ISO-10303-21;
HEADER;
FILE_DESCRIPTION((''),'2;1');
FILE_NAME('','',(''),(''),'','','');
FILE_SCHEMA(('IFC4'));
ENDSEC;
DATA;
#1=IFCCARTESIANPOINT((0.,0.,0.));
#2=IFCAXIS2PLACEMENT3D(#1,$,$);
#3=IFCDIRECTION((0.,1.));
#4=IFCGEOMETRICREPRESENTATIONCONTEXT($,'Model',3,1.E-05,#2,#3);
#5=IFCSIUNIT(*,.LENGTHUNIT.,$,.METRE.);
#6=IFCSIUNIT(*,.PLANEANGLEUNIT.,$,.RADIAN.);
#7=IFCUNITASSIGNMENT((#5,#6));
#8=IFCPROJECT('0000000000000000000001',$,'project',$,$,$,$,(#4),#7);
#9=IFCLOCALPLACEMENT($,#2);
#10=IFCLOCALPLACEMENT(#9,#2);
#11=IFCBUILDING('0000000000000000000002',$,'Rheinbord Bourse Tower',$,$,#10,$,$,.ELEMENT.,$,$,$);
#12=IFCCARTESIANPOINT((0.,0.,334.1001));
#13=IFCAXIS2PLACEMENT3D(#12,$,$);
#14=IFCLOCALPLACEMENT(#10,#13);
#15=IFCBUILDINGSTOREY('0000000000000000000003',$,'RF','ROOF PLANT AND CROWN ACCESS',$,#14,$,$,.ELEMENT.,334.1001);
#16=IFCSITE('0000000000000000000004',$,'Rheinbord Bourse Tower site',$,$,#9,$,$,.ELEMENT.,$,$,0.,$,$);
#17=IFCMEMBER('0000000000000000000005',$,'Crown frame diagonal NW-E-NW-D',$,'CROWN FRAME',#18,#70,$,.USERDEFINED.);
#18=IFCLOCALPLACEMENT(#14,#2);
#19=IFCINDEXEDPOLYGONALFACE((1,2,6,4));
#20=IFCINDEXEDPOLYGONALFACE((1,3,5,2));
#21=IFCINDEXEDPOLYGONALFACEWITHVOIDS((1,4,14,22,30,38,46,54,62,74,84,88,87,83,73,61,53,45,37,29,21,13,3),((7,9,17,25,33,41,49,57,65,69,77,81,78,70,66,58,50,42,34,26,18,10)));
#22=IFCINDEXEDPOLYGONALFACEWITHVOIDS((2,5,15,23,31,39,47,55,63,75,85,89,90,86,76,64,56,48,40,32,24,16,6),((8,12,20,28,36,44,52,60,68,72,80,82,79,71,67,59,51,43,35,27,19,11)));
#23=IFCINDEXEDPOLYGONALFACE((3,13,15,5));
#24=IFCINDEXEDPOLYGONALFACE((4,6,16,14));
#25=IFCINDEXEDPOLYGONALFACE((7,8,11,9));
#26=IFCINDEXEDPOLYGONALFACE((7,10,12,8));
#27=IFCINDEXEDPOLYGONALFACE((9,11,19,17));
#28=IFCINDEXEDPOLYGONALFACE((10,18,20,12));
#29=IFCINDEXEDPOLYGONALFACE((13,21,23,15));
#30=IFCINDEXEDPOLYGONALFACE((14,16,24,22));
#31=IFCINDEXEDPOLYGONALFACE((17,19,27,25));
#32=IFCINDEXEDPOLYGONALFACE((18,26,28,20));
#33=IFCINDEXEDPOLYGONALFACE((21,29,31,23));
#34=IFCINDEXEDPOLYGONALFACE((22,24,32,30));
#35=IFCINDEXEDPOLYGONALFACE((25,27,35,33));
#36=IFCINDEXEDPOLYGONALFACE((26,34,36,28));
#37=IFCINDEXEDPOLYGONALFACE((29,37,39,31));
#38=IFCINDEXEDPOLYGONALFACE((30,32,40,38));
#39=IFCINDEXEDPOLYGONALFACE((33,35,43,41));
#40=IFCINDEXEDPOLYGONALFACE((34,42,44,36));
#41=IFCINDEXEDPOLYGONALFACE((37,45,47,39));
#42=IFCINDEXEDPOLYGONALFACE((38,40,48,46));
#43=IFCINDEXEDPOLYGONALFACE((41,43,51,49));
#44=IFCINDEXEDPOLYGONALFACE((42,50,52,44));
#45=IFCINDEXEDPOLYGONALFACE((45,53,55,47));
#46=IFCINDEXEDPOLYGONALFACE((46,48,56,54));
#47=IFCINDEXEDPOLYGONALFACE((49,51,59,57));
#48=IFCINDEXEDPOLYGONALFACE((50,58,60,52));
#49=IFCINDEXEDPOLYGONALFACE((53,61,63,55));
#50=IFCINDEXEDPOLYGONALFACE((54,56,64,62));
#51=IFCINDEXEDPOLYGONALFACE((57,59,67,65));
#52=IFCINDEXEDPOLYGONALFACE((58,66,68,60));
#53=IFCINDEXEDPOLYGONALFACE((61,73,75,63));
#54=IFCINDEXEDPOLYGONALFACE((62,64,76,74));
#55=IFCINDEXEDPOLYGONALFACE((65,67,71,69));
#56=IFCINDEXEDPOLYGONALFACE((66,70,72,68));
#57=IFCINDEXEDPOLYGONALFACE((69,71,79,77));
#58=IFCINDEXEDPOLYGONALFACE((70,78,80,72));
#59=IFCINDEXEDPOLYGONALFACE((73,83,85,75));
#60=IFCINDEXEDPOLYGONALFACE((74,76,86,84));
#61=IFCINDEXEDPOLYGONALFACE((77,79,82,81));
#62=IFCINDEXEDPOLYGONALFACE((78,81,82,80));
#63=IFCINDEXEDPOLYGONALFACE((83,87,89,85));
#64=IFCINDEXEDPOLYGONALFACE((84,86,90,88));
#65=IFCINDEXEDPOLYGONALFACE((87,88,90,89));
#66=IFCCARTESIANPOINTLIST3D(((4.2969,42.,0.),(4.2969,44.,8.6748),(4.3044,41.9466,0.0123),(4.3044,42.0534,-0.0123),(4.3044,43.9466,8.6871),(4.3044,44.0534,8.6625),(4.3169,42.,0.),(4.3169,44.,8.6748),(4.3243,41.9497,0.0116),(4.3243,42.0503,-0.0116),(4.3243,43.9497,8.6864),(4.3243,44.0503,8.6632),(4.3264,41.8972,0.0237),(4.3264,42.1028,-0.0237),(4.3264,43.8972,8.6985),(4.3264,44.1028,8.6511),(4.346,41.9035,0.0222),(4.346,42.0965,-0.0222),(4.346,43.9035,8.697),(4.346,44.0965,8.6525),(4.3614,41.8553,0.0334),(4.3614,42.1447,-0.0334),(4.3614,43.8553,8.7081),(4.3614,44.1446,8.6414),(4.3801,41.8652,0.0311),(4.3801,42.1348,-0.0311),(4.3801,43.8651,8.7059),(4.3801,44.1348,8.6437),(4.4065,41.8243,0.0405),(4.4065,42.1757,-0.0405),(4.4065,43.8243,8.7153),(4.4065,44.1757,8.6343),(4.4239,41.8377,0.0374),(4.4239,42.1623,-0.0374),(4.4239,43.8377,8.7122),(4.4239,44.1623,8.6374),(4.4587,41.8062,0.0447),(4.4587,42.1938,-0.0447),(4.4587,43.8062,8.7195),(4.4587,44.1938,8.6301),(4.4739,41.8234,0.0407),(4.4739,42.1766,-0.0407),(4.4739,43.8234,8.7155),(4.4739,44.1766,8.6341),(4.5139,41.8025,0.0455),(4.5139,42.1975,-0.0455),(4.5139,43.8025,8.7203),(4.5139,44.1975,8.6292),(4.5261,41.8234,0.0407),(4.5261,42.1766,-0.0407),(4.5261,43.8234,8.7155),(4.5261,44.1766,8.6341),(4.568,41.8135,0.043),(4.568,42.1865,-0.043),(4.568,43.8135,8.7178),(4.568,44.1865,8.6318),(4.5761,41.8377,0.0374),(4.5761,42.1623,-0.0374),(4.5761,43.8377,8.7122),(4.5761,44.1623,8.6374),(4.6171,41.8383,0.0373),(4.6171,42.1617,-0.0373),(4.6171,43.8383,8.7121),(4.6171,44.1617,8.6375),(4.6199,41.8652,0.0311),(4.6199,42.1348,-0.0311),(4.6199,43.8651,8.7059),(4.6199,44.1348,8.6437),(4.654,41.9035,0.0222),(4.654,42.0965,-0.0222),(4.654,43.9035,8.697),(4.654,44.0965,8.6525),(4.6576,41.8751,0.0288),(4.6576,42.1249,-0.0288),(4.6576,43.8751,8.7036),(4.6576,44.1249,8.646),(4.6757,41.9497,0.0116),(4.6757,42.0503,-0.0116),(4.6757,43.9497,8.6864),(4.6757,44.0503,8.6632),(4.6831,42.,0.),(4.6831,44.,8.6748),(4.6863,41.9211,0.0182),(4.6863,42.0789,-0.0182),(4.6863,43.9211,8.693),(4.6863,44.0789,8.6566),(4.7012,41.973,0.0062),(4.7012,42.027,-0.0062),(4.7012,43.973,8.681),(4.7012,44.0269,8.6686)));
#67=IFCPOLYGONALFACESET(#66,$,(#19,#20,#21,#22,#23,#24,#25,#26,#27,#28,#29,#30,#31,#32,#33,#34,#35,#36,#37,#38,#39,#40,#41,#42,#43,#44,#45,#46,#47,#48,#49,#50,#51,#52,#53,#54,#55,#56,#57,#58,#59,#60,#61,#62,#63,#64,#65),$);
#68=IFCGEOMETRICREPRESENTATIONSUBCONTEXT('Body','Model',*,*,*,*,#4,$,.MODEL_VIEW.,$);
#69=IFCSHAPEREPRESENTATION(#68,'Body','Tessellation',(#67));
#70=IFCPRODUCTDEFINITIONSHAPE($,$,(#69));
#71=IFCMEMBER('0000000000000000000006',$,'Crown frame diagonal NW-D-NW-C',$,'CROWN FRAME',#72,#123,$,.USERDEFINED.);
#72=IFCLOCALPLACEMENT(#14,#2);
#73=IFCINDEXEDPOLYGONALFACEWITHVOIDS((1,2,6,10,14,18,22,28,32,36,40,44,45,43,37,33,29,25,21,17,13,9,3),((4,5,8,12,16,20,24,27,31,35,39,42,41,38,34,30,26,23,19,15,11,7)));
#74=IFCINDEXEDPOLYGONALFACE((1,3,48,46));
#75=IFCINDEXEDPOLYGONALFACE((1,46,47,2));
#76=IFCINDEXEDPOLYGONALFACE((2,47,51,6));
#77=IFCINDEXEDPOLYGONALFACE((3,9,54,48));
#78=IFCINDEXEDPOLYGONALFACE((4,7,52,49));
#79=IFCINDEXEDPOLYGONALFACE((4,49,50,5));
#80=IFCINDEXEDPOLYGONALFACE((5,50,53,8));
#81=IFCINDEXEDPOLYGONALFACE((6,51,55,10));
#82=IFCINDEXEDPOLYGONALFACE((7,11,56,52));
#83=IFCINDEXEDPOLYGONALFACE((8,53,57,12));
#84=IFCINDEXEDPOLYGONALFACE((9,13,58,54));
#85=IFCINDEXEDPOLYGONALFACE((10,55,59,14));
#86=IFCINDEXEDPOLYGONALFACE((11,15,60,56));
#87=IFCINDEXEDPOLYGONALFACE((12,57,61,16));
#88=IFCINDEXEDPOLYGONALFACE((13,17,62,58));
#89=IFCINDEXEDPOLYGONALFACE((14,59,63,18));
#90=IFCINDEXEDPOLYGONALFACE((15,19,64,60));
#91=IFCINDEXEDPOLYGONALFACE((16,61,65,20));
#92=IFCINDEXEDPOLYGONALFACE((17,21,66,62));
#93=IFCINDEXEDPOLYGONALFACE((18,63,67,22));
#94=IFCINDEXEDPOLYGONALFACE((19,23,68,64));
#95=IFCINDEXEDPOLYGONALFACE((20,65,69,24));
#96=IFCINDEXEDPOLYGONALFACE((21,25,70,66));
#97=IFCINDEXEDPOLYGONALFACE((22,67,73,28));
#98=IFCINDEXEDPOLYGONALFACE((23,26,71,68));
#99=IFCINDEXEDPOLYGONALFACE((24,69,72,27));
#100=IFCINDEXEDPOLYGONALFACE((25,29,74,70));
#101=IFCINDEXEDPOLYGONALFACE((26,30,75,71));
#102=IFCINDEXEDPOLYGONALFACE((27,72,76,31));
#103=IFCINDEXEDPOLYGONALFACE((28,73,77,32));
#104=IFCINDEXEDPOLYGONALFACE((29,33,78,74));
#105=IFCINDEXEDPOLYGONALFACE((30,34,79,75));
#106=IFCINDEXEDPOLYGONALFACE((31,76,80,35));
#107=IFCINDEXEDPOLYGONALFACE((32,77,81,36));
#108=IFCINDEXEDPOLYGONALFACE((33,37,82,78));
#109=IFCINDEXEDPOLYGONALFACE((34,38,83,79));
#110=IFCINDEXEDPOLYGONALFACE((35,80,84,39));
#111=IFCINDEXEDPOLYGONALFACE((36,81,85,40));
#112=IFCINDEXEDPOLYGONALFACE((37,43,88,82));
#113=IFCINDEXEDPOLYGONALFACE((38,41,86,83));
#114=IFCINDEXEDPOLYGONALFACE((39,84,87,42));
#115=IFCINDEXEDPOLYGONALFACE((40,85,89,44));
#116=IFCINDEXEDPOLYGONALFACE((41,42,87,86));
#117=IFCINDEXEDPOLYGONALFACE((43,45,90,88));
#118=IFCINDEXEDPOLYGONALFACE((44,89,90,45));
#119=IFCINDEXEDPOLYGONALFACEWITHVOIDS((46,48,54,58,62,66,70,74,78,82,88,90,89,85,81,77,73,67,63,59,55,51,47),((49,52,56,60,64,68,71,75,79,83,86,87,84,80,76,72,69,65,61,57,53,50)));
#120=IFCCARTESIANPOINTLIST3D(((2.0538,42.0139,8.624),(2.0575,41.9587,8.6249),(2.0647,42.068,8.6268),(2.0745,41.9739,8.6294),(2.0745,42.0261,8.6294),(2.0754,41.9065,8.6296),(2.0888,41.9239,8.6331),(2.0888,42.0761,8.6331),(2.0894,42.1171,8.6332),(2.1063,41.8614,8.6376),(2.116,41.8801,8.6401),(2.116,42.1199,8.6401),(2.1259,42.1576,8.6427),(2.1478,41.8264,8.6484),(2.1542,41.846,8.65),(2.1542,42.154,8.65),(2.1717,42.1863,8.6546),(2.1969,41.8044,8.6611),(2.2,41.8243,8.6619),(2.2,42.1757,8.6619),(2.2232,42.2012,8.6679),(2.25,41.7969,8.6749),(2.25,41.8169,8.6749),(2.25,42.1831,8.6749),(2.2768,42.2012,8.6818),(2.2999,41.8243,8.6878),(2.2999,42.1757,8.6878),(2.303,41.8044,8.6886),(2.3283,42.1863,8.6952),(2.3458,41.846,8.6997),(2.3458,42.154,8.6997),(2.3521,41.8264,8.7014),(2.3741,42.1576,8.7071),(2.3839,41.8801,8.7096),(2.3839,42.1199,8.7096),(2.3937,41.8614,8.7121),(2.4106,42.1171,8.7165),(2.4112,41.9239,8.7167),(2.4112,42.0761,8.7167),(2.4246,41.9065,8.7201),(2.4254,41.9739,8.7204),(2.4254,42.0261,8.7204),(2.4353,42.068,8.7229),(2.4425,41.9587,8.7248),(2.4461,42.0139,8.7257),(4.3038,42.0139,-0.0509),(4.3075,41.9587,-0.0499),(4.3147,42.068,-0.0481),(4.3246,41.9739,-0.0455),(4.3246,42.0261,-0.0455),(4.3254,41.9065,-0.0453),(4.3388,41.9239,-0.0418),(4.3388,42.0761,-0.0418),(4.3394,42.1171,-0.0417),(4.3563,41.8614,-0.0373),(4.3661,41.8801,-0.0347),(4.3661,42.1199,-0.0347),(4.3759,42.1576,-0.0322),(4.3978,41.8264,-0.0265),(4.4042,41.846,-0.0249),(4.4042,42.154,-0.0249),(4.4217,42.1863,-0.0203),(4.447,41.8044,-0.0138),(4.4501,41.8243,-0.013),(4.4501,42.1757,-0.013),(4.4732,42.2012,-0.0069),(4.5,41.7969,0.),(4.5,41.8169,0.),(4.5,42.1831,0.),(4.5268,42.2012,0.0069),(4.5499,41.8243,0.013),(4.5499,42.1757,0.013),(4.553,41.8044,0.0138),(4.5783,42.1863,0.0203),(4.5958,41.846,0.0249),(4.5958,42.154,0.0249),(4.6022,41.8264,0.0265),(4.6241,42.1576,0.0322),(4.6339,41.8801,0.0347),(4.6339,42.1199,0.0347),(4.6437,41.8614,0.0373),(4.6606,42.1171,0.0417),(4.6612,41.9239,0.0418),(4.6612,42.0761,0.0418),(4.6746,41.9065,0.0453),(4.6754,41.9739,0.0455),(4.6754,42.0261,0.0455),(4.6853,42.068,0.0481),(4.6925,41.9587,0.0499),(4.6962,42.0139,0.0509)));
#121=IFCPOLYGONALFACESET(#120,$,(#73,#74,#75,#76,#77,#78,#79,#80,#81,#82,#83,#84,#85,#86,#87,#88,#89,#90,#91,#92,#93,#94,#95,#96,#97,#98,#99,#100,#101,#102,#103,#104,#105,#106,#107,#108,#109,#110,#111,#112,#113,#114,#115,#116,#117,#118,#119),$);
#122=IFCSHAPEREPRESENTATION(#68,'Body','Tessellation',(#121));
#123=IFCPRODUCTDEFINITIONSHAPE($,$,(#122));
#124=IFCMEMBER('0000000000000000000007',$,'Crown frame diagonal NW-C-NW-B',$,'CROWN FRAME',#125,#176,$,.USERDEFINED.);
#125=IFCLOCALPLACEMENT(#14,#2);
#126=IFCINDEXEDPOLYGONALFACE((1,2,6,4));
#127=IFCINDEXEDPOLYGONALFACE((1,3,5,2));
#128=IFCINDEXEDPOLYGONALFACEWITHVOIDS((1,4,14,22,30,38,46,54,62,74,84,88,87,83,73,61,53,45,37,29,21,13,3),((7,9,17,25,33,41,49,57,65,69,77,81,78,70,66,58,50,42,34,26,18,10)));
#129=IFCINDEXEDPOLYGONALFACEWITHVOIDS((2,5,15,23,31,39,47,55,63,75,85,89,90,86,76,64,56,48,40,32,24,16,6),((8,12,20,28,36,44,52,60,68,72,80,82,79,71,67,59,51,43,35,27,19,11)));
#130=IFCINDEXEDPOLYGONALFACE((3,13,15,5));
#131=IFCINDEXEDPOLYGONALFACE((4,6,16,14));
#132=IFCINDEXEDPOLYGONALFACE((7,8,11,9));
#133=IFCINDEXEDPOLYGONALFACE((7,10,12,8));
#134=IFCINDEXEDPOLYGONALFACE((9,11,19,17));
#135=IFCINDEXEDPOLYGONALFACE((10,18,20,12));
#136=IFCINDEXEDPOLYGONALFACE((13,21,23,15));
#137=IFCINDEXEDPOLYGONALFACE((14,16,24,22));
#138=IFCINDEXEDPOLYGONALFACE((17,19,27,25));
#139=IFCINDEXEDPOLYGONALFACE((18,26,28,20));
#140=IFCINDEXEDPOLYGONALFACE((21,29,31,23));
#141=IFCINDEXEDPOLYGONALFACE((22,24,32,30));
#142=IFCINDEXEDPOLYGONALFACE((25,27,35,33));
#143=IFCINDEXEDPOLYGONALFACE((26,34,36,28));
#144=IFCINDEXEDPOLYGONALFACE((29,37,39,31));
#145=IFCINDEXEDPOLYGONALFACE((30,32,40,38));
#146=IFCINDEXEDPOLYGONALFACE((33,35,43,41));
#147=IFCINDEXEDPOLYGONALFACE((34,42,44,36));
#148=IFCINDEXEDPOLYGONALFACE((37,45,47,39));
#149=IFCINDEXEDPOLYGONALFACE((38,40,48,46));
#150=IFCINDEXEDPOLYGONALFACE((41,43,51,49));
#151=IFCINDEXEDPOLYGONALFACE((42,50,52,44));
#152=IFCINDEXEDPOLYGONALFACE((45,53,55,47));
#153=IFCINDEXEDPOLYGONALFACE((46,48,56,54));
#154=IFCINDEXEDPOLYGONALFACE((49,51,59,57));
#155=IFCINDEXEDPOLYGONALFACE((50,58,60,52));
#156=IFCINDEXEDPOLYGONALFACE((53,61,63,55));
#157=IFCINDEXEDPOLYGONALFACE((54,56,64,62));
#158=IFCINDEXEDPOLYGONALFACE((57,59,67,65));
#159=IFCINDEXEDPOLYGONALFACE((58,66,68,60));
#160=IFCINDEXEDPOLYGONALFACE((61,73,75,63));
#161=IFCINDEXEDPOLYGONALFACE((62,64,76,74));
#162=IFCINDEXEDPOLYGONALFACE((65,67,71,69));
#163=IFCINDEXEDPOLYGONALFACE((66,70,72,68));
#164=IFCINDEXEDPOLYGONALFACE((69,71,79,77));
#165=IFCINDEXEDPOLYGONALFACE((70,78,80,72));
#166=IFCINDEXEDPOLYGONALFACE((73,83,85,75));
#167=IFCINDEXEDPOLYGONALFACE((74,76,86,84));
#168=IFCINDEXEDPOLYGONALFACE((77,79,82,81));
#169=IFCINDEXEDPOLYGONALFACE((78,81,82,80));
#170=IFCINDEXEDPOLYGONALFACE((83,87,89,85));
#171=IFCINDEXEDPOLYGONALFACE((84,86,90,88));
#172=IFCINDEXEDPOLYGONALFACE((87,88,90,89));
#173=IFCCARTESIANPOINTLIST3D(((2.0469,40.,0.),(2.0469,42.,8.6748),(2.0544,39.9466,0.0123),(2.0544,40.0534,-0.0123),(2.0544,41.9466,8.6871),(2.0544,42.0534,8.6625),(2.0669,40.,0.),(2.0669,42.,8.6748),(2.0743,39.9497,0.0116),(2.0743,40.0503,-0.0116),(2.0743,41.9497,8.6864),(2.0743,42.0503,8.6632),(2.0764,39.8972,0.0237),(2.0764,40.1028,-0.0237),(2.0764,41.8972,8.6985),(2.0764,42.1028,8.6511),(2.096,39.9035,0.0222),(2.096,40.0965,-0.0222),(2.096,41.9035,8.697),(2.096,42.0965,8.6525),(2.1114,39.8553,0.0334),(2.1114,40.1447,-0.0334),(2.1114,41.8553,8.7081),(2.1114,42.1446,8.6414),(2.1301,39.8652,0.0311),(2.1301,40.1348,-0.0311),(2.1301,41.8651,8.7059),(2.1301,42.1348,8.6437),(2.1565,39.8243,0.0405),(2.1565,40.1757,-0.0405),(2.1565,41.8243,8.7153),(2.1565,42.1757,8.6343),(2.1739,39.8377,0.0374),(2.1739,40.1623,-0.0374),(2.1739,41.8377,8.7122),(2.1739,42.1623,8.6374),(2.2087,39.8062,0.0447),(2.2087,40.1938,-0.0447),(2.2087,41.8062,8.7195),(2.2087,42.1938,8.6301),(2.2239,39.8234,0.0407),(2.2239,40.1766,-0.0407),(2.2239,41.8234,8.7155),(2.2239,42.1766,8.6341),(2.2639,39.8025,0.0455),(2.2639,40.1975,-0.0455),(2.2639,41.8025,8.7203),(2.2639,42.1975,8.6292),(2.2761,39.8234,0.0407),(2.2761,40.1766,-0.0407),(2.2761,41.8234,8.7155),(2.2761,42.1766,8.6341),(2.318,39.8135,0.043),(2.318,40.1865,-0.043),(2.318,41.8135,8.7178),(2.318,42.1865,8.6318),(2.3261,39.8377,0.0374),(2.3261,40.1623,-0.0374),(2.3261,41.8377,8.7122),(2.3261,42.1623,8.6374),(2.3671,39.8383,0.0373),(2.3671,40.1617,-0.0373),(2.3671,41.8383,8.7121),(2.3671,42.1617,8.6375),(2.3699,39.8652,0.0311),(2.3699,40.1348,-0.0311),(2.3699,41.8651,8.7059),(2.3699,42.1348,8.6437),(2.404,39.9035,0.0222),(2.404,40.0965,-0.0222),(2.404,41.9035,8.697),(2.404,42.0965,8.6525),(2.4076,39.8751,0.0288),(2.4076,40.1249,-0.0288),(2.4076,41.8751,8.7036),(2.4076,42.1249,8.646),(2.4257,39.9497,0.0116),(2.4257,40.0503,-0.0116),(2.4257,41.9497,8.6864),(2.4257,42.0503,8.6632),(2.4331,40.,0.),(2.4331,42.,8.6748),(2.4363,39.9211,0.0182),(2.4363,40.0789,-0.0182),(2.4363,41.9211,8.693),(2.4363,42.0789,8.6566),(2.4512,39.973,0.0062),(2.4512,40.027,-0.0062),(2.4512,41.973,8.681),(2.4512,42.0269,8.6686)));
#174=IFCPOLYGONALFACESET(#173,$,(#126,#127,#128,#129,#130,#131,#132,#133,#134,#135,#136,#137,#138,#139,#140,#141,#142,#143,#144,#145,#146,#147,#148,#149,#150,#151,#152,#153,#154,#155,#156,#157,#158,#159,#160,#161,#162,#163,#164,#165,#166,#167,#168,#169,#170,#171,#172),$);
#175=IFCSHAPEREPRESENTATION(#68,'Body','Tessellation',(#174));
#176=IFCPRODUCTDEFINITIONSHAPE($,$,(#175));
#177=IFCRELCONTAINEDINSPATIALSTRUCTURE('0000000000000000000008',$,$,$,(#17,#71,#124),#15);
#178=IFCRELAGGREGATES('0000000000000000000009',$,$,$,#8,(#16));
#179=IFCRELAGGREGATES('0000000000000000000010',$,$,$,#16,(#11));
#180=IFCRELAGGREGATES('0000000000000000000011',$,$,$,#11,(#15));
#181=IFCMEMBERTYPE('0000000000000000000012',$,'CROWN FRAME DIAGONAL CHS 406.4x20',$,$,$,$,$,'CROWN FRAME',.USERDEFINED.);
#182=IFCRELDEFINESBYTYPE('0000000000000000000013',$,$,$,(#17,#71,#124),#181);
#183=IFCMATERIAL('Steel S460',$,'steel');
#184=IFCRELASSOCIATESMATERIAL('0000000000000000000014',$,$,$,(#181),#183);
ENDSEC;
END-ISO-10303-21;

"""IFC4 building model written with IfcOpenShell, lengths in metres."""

from ifc_helpers import new_model, si_unit, direction, frame, origin, origin_2d, place, context, subcontext, project, spatial, hollow_circle, extrude, material, material_profile, profile_set, type_object, element, save


model = new_model("IFC4")

# Units and contexts
model_context = context("Model", 3, precision=1e-05, world=origin(), true_north=direction((0.0, 1.0)))
body_context = subcontext(model_context, "Body", "Model", "MODEL_VIEW")
ifc_project = project(units=[si_unit("LENGTHUNIT", "METRE"), si_unit("PLANEANGLEUNIT", "RADIAN")], contexts=[model_context])

# Site, building, storey
site_placement = place(None, origin())
site = spatial("IfcSite", under=ifc_project, at=site_placement, Name="Rheinbord Bourse Tower site", CompositionType="ELEMENT", RefElevation=0.0)
building_placement = place(site_placement, origin())
building = spatial("IfcBuilding", under=site, at=building_placement, Name="Rheinbord Bourse Tower", CompositionType="ELEMENT")
storey_placement = place(building_placement, frame((0.0, 0.0, 334.1001)))
storey = spatial("IfcBuildingStorey", under=building, at=storey_placement, Name="RF", Description="ROOF PLANT AND CROWN ACCESS", CompositionType="ELEMENT", Elevation=334.1001)

# Members
ifc_material_1 = material(Name="Steel S460", Category="steel")
ifc_material_profile_1 = material_profile(ifc_material_1, hollow_circle(Radius=0.2031, WallThickness=0.02, at=origin_2d()), Name="CHS 406.4x20")
ifc_profile_set_1 = profile_set([ifc_material_profile_1], Name="Steel S460")
member_type = type_object("IfcMemberType", Name="CROWN FRAME DIAGONAL CHS 406.4x20", ElementType="CROWN FRAME", PredefinedType="USERDEFINED", material=ifc_profile_set_1)
member_1_placement = place(storey_placement, frame((4.5, 42.0, 0.0), z_axis=(0.0, 0.224659, 0.974437), x_axis=(-1.0, 0.0, 0.0)))
element("IfcMember", 1, at=member_1_placement, inside=storey, type_object=member_type, Name="Crown frame diagonal NW-E-NW-D", ObjectType="CROWN FRAME", PredefinedType="USERDEFINED", context=body_context, shape_type="SweptSolid", body=[
    extrude(hollow_circle(Radius=0.2031, WallThickness=0.02, at=origin_2d()), origin(), (0.0, 0.0, 1.0), 8.9023),
])
member_2_placement = place(storey_placement, frame((4.5, 42.0, 0.0), z_axis=(-0.251064, 0.0, 0.96797), x_axis=(0.0, -1.0, 0.0)))
element("IfcMember", 2, at=member_2_placement, inside=storey, type_object=member_type, Name="Crown frame diagonal NW-D-NW-C", ObjectType="CROWN FRAME", PredefinedType="USERDEFINED", context=body_context, shape_type="SweptSolid", body=[
    extrude(hollow_circle(Radius=0.2031, WallThickness=0.02, at=origin_2d()), origin(), (0.0, 0.0, 1.0), 8.9619),
])
member_3_placement = place(storey_placement, frame((2.25, 40.0, 0.0), z_axis=(0.0, 0.224659, 0.974437), x_axis=(-1.0, 0.0, 0.0)))
element("IfcMember", 3, at=member_3_placement, inside=storey, type_object=member_type, Name="Crown frame diagonal NW-C-NW-B", ObjectType="CROWN FRAME", PredefinedType="USERDEFINED", context=body_context, shape_type="SweptSolid", body=[
    extrude(hollow_circle(Radius=0.2031, WallThickness=0.02, at=origin_2d()), origin(), (0.0, 0.0, 1.0), 8.9023),
])

save(model, "model.ifc")
